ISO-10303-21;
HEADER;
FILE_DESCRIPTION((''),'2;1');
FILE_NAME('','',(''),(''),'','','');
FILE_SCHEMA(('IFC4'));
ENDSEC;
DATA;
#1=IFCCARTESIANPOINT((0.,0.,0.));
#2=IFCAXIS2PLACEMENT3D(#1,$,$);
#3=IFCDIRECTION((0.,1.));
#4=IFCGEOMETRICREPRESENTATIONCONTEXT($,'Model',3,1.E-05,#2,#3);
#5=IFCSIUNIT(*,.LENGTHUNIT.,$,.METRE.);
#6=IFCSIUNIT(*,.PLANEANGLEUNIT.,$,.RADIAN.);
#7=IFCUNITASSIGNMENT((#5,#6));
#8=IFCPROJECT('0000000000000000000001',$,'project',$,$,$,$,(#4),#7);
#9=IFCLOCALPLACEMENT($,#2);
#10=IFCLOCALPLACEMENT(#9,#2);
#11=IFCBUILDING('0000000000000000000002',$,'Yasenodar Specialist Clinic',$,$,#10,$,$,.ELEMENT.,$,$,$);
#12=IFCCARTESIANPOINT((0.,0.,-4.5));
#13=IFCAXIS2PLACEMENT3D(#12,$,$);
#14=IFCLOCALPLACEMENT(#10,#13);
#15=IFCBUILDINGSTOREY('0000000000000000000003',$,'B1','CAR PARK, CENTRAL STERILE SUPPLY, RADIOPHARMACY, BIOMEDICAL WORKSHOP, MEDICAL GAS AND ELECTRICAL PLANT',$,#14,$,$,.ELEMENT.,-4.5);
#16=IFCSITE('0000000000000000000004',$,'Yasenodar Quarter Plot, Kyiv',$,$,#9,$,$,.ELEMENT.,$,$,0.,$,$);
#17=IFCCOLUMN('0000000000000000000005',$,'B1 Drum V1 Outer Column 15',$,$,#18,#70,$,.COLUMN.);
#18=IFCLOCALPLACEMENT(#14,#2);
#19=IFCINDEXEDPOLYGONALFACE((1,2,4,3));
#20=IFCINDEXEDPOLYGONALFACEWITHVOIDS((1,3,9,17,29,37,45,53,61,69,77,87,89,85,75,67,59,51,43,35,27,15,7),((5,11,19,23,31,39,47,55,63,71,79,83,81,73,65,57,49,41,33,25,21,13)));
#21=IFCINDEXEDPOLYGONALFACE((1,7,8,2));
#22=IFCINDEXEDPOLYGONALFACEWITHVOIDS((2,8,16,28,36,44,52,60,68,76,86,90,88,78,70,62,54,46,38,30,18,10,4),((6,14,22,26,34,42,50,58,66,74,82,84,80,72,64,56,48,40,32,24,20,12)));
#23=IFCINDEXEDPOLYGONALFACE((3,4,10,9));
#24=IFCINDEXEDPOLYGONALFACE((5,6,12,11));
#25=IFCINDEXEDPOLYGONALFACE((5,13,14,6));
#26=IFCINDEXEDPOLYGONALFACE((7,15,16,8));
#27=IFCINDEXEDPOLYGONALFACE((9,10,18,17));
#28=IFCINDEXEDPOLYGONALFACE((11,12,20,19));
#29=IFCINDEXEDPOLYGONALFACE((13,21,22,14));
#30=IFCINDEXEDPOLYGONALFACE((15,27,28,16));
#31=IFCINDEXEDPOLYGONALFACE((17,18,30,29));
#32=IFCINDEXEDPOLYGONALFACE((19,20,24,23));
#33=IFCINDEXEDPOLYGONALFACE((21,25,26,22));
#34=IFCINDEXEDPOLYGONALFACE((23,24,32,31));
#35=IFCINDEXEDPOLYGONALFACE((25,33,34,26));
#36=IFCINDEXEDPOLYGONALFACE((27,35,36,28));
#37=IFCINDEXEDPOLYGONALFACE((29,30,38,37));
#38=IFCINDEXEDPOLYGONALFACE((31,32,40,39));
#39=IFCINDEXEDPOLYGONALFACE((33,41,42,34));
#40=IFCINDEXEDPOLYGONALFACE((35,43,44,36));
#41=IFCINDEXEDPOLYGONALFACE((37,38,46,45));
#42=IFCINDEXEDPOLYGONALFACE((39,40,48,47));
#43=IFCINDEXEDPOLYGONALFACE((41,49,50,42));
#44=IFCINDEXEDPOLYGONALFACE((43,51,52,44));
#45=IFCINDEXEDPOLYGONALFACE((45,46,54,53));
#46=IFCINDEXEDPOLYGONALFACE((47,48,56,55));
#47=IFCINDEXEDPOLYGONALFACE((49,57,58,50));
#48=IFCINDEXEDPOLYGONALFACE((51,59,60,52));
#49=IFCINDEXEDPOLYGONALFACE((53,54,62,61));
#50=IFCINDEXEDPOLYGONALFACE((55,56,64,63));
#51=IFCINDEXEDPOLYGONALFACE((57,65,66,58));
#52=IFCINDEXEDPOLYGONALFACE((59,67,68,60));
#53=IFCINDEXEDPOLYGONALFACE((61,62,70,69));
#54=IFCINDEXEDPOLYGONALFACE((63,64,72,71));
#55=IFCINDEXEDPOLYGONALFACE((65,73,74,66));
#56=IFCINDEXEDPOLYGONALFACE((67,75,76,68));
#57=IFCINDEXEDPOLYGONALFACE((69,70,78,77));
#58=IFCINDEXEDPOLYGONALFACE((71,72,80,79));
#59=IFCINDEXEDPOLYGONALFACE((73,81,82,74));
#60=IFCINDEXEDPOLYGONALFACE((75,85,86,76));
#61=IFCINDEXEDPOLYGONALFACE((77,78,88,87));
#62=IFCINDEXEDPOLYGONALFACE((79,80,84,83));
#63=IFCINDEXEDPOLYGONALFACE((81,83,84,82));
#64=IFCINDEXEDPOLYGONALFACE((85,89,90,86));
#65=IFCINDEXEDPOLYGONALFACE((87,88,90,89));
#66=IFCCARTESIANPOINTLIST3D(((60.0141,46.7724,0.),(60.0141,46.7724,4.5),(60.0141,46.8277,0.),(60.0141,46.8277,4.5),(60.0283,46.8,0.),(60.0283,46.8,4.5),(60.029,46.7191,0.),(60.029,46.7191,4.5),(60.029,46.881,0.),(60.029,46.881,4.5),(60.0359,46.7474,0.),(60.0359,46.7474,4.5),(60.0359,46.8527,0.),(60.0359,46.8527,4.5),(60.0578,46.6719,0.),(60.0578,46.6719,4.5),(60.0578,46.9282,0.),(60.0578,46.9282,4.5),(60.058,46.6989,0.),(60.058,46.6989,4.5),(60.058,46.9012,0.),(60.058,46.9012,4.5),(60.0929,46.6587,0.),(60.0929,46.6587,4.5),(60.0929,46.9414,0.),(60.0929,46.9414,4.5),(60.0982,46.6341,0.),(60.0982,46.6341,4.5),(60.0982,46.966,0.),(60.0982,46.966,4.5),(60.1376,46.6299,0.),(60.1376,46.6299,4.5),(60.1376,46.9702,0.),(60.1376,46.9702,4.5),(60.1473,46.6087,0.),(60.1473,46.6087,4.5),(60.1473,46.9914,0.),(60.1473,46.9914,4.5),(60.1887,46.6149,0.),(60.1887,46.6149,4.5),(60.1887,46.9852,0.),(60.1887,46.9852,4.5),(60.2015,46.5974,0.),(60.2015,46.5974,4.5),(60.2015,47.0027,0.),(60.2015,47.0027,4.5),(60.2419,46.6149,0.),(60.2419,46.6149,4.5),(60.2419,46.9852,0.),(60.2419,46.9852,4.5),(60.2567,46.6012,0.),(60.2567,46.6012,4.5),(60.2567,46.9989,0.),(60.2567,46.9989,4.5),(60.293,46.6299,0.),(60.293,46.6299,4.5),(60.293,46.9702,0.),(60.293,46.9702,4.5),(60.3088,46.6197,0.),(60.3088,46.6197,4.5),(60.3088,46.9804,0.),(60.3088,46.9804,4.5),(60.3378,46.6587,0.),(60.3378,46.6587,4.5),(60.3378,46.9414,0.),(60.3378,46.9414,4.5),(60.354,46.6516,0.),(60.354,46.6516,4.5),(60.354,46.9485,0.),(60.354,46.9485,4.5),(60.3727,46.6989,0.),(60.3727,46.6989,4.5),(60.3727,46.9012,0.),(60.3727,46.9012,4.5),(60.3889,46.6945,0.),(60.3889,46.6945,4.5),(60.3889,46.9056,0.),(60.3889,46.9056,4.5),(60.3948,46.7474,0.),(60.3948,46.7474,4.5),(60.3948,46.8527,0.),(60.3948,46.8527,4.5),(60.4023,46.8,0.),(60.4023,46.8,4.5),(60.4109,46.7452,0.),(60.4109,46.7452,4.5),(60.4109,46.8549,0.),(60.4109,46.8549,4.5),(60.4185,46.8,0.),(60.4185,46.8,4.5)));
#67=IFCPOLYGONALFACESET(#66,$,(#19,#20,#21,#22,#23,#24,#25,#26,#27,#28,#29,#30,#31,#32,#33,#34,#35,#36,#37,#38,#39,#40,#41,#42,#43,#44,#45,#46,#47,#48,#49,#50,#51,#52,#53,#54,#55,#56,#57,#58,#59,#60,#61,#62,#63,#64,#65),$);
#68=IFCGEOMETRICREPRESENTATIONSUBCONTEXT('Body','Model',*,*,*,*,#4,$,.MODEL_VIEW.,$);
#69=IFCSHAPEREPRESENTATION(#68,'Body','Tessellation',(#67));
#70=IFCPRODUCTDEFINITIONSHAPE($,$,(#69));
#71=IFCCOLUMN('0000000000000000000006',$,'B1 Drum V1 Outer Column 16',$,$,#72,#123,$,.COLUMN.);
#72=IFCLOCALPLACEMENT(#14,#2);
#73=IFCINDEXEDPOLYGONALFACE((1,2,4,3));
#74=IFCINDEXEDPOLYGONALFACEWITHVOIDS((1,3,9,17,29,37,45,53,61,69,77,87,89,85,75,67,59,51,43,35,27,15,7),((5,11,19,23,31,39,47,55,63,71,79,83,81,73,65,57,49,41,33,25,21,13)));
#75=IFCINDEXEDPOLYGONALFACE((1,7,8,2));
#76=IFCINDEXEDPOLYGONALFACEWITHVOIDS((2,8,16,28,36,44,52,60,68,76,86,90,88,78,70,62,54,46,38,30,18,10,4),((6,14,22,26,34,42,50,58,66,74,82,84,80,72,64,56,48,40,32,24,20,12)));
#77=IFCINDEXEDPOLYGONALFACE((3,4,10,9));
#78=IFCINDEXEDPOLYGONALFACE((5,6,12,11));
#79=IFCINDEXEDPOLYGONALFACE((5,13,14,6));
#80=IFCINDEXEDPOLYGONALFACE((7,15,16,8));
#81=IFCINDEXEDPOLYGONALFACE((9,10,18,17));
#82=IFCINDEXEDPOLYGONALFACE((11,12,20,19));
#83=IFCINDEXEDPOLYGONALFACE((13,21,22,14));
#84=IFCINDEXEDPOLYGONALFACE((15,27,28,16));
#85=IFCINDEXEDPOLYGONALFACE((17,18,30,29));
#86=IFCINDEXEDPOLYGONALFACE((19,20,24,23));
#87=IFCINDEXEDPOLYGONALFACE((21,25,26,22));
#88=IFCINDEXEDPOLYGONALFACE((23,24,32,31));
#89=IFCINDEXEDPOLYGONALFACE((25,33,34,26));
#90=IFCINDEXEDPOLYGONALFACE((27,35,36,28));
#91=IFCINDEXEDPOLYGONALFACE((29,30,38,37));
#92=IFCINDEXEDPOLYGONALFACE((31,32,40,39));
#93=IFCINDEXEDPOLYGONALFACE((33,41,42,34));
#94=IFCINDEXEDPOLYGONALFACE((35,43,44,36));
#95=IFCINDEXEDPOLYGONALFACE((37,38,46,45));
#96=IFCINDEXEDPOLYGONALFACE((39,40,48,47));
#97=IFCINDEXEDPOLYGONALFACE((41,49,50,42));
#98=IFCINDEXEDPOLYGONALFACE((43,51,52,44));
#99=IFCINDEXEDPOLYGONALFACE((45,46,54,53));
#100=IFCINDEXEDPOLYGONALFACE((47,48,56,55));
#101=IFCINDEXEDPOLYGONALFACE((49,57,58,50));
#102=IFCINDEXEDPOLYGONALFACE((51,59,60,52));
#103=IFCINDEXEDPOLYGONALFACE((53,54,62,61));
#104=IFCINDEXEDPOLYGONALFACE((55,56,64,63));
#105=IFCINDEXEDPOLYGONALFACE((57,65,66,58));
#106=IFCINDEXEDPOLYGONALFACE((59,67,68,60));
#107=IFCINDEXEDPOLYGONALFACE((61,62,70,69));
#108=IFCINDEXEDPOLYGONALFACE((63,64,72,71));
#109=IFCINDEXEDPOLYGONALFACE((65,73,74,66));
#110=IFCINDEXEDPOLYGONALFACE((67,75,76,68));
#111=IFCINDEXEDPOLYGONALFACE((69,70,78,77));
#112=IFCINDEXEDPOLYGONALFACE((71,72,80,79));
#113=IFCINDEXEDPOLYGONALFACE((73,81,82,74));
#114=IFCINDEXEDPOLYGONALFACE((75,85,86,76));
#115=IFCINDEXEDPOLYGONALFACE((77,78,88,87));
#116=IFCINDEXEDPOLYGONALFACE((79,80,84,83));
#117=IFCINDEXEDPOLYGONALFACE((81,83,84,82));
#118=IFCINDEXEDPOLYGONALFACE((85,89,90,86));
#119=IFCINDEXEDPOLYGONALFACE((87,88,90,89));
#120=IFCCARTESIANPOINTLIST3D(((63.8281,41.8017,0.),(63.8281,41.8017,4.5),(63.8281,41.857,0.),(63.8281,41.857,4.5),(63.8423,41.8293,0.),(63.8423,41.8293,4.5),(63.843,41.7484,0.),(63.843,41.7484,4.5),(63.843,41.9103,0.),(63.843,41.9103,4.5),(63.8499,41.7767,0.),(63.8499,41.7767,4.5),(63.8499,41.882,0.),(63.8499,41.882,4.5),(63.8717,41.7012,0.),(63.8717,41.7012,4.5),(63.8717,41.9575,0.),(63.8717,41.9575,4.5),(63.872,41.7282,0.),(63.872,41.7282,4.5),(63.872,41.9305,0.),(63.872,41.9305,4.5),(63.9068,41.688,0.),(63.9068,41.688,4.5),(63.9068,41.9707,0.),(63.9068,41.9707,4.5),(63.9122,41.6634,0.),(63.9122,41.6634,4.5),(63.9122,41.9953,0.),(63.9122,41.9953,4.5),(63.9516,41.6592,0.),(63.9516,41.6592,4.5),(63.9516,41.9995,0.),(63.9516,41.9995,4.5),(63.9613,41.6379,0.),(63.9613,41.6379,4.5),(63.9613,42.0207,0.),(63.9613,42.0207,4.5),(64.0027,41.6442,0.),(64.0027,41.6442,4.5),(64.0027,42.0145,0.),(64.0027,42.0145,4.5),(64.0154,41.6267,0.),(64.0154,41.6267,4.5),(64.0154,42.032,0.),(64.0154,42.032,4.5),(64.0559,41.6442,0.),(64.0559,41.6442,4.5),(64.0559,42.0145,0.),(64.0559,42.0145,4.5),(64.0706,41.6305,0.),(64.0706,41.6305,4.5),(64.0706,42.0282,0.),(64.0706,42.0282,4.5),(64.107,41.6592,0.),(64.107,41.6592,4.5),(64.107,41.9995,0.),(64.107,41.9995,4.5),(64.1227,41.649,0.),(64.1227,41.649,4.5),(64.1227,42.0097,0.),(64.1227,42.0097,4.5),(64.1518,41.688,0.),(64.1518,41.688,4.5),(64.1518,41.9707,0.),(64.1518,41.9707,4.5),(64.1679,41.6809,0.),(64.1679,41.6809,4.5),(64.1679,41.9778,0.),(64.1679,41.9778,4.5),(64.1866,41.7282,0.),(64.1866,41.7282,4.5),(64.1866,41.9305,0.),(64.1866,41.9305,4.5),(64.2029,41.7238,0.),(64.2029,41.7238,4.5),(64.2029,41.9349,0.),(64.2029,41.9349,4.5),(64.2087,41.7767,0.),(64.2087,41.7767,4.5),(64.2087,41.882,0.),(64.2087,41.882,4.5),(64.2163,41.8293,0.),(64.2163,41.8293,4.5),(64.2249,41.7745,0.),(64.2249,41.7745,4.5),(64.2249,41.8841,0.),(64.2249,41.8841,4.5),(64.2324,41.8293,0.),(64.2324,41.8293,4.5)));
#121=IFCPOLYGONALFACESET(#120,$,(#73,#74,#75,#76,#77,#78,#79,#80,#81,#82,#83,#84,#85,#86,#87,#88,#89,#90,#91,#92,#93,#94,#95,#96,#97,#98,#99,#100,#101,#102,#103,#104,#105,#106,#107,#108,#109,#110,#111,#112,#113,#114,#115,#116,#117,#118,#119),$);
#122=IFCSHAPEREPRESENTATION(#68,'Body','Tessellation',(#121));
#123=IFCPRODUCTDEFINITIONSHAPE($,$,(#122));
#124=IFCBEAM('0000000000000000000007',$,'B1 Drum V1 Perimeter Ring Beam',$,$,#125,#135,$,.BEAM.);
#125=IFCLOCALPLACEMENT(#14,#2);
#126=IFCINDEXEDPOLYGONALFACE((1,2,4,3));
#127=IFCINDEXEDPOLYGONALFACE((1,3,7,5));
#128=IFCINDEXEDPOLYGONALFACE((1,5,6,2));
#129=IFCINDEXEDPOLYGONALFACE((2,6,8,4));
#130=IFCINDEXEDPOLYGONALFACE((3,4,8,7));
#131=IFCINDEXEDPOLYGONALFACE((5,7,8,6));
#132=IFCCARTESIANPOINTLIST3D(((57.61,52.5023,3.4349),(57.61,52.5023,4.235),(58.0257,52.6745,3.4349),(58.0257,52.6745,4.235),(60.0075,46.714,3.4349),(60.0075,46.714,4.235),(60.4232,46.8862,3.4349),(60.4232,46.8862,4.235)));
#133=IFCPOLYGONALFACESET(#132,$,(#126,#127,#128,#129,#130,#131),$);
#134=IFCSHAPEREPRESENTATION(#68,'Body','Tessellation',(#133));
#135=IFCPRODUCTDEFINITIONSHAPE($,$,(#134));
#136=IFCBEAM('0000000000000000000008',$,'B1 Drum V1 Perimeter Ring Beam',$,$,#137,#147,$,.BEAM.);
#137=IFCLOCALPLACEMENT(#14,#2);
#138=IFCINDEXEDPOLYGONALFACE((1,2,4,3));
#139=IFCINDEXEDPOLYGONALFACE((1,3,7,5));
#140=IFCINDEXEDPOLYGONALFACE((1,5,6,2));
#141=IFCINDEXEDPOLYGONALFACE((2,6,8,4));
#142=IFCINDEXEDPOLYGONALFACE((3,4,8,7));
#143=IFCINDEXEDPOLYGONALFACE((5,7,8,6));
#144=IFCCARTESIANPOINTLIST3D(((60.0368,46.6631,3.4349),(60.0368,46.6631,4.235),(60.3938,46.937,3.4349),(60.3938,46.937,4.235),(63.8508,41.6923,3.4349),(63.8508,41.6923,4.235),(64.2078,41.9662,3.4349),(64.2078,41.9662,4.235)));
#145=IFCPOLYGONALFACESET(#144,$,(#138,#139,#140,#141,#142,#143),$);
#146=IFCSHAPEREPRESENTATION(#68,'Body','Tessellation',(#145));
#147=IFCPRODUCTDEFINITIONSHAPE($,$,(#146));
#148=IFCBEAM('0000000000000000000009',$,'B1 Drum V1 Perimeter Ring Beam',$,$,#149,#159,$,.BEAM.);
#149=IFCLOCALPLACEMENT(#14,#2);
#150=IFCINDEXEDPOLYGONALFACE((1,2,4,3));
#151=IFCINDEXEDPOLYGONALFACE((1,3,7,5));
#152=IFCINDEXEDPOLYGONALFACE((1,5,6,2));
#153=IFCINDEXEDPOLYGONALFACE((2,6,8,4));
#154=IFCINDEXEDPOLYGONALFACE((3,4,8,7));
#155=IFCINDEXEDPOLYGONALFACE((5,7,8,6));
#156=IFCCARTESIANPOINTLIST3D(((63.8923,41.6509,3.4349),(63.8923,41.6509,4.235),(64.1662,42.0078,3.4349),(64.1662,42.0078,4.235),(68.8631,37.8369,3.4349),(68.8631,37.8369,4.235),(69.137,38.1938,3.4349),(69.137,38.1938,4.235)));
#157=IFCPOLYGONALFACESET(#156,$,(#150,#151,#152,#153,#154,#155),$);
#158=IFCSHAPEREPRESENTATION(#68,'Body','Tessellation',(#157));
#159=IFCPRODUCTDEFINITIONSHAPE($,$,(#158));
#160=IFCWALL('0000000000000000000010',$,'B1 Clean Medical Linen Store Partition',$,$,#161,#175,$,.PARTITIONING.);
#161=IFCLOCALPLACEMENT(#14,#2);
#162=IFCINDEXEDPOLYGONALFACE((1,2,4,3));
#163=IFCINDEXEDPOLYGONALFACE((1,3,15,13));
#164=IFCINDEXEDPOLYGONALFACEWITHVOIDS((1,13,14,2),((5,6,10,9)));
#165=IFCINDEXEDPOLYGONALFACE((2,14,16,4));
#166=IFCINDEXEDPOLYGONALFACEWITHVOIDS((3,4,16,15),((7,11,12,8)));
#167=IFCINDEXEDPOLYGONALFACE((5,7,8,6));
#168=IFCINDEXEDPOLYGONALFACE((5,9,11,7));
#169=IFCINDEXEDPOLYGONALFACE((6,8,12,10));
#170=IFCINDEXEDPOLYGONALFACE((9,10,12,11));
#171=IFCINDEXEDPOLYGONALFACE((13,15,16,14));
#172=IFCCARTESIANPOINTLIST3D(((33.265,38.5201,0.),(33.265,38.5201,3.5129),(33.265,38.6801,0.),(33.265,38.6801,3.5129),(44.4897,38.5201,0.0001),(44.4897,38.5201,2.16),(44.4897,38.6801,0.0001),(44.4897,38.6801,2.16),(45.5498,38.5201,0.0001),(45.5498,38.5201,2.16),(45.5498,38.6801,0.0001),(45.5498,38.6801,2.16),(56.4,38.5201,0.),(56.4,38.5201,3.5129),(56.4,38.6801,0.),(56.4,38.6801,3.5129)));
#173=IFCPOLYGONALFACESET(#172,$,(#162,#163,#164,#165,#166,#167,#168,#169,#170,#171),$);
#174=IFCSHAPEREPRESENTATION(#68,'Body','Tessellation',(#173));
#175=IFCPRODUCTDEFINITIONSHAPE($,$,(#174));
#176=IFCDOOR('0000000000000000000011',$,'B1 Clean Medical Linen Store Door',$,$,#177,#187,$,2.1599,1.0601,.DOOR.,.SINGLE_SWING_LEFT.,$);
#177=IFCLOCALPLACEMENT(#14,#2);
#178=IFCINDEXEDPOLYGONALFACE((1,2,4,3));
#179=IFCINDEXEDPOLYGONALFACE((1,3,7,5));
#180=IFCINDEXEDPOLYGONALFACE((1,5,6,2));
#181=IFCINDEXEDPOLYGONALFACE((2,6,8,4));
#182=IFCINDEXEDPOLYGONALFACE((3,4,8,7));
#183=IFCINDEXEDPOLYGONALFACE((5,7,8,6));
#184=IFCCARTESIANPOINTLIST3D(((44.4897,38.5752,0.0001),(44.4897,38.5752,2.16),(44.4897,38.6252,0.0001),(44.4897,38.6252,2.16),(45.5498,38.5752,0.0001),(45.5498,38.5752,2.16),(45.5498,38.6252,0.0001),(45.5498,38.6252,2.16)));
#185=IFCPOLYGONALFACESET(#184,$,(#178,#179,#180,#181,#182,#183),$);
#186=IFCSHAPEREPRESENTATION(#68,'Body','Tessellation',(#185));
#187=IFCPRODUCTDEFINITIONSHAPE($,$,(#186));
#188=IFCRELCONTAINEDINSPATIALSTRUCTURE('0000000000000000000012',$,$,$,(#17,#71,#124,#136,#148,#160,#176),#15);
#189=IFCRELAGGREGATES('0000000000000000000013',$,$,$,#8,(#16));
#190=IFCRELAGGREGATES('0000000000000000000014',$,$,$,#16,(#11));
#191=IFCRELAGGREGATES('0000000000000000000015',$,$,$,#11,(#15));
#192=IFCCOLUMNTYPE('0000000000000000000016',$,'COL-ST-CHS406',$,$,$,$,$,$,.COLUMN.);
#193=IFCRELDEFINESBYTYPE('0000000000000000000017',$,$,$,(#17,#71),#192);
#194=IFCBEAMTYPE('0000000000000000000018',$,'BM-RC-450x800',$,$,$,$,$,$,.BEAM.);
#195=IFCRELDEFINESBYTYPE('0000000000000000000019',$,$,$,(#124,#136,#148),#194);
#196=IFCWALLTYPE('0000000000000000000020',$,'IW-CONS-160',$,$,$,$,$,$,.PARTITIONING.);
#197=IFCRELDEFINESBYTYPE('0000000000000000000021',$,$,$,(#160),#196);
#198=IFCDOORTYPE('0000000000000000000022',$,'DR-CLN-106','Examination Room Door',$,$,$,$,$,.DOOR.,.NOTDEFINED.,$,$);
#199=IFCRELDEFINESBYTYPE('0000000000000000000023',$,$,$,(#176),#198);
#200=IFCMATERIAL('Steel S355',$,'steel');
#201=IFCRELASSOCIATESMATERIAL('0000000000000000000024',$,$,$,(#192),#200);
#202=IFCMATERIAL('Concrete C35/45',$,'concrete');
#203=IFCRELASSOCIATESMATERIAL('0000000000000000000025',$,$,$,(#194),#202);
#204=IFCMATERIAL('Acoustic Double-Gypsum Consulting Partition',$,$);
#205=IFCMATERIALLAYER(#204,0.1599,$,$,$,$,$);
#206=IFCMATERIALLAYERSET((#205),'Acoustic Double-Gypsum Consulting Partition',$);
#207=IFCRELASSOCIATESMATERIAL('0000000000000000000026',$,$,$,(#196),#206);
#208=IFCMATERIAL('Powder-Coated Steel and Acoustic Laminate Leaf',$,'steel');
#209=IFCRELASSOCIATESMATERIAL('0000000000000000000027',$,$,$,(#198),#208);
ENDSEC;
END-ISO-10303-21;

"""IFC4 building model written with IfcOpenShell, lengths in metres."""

from ifc_helpers import new_model, si_unit, direction, frame, frame_2d, origin, origin_2d, place, context, subcontext, project, spatial, rectangle, hollow_circle, extrude, material, layer, layer_set, material_profile, profile_set, type_object, element, fill, save


model = new_model("IFC4")

# Units and contexts
model_context = context("Model", 3, precision=1e-05, world=origin(), true_north=direction((0.0, 1.0)))
body_context = subcontext(model_context, "Body", "Model", "MODEL_VIEW")
ifc_project = project(units=[si_unit("LENGTHUNIT", "METRE"), si_unit("PLANEANGLEUNIT", "RADIAN")], contexts=[model_context])

# Site, building, storey
site_placement = place(None, origin())
site = spatial("IfcSite", under=ifc_project, at=site_placement, Name="Yasenodar Quarter Plot, Kyiv", CompositionType="ELEMENT", RefElevation=0.0)
building_placement = place(site_placement, origin())
building = spatial("IfcBuilding", under=site, at=building_placement, Name="Yasenodar Specialist Clinic", CompositionType="ELEMENT")
storey_placement = place(building_placement, frame((0.0, 0.0, -4.5)))
storey = spatial("IfcBuildingStorey", under=building, at=storey_placement, Name="B1", Description="CAR PARK, CENTRAL STERILE SUPPLY, RADIOPHARMACY, BIOMEDICAL WORKSHOP, MEDICAL GAS AND ELECTRICAL PLANT", CompositionType="ELEMENT", Elevation=-4.5)

# Shared definitions
ifc_material_1 = material(Name="Concrete C35/45", Category="concrete")

# Columns
ifc_material_2 = material(Name="Steel S355", Category="steel")
ifc_material_profile_1 = material_profile(ifc_material_2, hollow_circle(Radius=0.2031, WallThickness=0.0161, at=origin_2d()), Name="CHS 406.4x16")
ifc_profile_set_1 = profile_set([ifc_material_profile_1], Name="Steel S355")
column_type_1 = type_object("IfcColumnType", Name="COL-ST-CHS406", PredefinedType="COLUMN", material=ifc_profile_set_1)
for number, where, z_axis, x_axis, name in (
    (1, (60.2153, 46.8, 0.0), (0.0, 0.0, 1.0), (1.0, 0.0, 0.0), "B1 Drum V1 Outer Column 15"),
    (2, (64.0293, 41.8293, 0.0), (0.0, 0.0, 1.0), (1.0, 0.0, 0.0), "B1 Drum V1 Outer Column 16"),
):
    element("IfcColumn", number, at=place(storey_placement, frame(where, z_axis=z_axis, x_axis=x_axis)), inside=storey, type_object=column_type_1, Name=name, PredefinedType="COLUMN", context=body_context, shape_type="SweptSolid", body=[
        extrude(hollow_circle(Radius=0.2031, WallThickness=0.0161, at=origin_2d()), origin(), (0.0, 0.0, 1.0), 4.5),
    ])

# Beams
ifc_material_profile_2 = material_profile(ifc_material_1, rectangle(XDim=0.45, YDim=0.8, at=origin_2d()), Name="RC 450x800")
ifc_profile_set_2 = profile_set([ifc_material_profile_2], Name="Concrete C35/45")
beam_type = type_object("IfcBeamType", Name="BM-RC-450x800", PredefinedType="BEAM", material=ifc_profile_set_2)
beam_placement = place(storey_placement, frame((57.8179, 52.5884, 3.835), z_axis=(0.382664, -0.923888, 0.0), x_axis=(0.923888, 0.382664, 0.0)))
element("IfcBeam", 3, at=beam_placement, inside=storey, type_object=beam_type, Name="B1 Drum V1 Perimeter Ring Beam", PredefinedType="BEAM", context=body_context, shape_type="SweptSolid", body=[
    extrude(rectangle(XDim=0.45, YDim=0.8, at=origin_2d()), origin(), (0.0, 0.0, 1.0), 6.2651),
])
for number, where, z_axis, x_axis, name in (
    (4, (60.2153, 46.8, 3.835), (0.608742, -0.793368, 0.0), (0.793368, 0.608742, 0.0), "B1 Drum V1 Perimeter Ring Beam"),
    (5, (64.0293, 41.8293, 3.835), (0.793368, -0.608742, 0.0), (0.608742, 0.793368, 0.0), "B1 Drum V1 Perimeter Ring Beam"),
):
    element("IfcBeam", number, at=place(storey_placement, frame(where, z_axis=z_axis, x_axis=x_axis)), inside=storey, type_object=beam_type, Name=name, PredefinedType="BEAM", context=body_context, shape_type="SweptSolid", body=[
        extrude(rectangle(XDim=0.45, YDim=0.8, at=origin_2d()), origin(), (0.0, 0.0, 1.0), 6.2654),
    ])

# Wall, opening, door
ifc_material_3 = material(Name="Acoustic Double-Gypsum Consulting Partition")
ifc_layer_1 = layer(ifc_material_3, 0.1599)
ifc_layer_set_1 = layer_set([ifc_layer_1], Name="Acoustic Double-Gypsum Consulting Partition")
wall_type_1 = type_object("IfcWallType", Name="IW-CONS-160", PredefinedType="PARTITIONING", material=ifc_layer_set_1)
wall_1_placement = place(storey_placement, frame((56.3999, 38.6001, 0.0), z_axis=(0.0, 0.0, 1.0), x_axis=(-1.0, 0.0, 0.0)))
wall_1 = element("IfcWall", 6, at=wall_1_placement, inside=storey, type_object=wall_type_1, Name="B1 Clean Medical Linen Store Partition", PredefinedType="PARTITIONING", context=body_context, shape_type="SweptSolid", body=[
    extrude(rectangle(XDim=23.135, YDim=0.1599, at=frame_2d((11.5674, 0.0))), origin(), (0.0, 0.0, 1.0), 3.5129),
])
opening_placement = place(wall_1_placement, frame((10.8501, 0.0, 0.0)))
opening = element("IfcOpeningElement", 7, at=opening_placement, cuts=wall_1, PredefinedType="OPENING", context=body_context, shape_type="SweptSolid", body=[
    extrude(rectangle(XDim=1.0601, YDim=2.1599, at=frame_2d((0.53, 1.0801))), frame((0.0, 0.0898, 0.0), z_axis=(0.0, -1.0, 0.0), x_axis=(1.0, 0.0, 0.0)), (0.0, 0.0, 1.0), 0.1799),
])
ifc_material_4 = material(Name="Powder-Coated Steel and Acoustic Laminate Leaf", Category="steel")
door_type = type_object("IfcDoorType", Name="DR-CLN-106", Description="Examination Room Door", OperationType="NOTDEFINED", PredefinedType="DOOR", material=ifc_material_4)
door_placement = place(opening_placement, origin())
door = element("IfcDoor", 8, at=door_placement, inside=storey, type_object=door_type, Name="B1 Clean Medical Linen Store Door", OperationType="SINGLE_SWING_LEFT", OverallHeight=2.1599, OverallWidth=1.0601, PredefinedType="DOOR", context=body_context, shape_type="SweptSolid", body=[
    extrude(rectangle(XDim=1.0601, YDim=2.1599, at=frame_2d((0.53, 1.0801))), frame((0.0, 0.0249, 0.0), z_axis=(0.0, -1.0, 0.0), x_axis=(1.0, 0.0, 0.0)), (0.0, 0.0, 1.0), 0.05),
])
fill(opening, door)

save(model, "model.ifc")
